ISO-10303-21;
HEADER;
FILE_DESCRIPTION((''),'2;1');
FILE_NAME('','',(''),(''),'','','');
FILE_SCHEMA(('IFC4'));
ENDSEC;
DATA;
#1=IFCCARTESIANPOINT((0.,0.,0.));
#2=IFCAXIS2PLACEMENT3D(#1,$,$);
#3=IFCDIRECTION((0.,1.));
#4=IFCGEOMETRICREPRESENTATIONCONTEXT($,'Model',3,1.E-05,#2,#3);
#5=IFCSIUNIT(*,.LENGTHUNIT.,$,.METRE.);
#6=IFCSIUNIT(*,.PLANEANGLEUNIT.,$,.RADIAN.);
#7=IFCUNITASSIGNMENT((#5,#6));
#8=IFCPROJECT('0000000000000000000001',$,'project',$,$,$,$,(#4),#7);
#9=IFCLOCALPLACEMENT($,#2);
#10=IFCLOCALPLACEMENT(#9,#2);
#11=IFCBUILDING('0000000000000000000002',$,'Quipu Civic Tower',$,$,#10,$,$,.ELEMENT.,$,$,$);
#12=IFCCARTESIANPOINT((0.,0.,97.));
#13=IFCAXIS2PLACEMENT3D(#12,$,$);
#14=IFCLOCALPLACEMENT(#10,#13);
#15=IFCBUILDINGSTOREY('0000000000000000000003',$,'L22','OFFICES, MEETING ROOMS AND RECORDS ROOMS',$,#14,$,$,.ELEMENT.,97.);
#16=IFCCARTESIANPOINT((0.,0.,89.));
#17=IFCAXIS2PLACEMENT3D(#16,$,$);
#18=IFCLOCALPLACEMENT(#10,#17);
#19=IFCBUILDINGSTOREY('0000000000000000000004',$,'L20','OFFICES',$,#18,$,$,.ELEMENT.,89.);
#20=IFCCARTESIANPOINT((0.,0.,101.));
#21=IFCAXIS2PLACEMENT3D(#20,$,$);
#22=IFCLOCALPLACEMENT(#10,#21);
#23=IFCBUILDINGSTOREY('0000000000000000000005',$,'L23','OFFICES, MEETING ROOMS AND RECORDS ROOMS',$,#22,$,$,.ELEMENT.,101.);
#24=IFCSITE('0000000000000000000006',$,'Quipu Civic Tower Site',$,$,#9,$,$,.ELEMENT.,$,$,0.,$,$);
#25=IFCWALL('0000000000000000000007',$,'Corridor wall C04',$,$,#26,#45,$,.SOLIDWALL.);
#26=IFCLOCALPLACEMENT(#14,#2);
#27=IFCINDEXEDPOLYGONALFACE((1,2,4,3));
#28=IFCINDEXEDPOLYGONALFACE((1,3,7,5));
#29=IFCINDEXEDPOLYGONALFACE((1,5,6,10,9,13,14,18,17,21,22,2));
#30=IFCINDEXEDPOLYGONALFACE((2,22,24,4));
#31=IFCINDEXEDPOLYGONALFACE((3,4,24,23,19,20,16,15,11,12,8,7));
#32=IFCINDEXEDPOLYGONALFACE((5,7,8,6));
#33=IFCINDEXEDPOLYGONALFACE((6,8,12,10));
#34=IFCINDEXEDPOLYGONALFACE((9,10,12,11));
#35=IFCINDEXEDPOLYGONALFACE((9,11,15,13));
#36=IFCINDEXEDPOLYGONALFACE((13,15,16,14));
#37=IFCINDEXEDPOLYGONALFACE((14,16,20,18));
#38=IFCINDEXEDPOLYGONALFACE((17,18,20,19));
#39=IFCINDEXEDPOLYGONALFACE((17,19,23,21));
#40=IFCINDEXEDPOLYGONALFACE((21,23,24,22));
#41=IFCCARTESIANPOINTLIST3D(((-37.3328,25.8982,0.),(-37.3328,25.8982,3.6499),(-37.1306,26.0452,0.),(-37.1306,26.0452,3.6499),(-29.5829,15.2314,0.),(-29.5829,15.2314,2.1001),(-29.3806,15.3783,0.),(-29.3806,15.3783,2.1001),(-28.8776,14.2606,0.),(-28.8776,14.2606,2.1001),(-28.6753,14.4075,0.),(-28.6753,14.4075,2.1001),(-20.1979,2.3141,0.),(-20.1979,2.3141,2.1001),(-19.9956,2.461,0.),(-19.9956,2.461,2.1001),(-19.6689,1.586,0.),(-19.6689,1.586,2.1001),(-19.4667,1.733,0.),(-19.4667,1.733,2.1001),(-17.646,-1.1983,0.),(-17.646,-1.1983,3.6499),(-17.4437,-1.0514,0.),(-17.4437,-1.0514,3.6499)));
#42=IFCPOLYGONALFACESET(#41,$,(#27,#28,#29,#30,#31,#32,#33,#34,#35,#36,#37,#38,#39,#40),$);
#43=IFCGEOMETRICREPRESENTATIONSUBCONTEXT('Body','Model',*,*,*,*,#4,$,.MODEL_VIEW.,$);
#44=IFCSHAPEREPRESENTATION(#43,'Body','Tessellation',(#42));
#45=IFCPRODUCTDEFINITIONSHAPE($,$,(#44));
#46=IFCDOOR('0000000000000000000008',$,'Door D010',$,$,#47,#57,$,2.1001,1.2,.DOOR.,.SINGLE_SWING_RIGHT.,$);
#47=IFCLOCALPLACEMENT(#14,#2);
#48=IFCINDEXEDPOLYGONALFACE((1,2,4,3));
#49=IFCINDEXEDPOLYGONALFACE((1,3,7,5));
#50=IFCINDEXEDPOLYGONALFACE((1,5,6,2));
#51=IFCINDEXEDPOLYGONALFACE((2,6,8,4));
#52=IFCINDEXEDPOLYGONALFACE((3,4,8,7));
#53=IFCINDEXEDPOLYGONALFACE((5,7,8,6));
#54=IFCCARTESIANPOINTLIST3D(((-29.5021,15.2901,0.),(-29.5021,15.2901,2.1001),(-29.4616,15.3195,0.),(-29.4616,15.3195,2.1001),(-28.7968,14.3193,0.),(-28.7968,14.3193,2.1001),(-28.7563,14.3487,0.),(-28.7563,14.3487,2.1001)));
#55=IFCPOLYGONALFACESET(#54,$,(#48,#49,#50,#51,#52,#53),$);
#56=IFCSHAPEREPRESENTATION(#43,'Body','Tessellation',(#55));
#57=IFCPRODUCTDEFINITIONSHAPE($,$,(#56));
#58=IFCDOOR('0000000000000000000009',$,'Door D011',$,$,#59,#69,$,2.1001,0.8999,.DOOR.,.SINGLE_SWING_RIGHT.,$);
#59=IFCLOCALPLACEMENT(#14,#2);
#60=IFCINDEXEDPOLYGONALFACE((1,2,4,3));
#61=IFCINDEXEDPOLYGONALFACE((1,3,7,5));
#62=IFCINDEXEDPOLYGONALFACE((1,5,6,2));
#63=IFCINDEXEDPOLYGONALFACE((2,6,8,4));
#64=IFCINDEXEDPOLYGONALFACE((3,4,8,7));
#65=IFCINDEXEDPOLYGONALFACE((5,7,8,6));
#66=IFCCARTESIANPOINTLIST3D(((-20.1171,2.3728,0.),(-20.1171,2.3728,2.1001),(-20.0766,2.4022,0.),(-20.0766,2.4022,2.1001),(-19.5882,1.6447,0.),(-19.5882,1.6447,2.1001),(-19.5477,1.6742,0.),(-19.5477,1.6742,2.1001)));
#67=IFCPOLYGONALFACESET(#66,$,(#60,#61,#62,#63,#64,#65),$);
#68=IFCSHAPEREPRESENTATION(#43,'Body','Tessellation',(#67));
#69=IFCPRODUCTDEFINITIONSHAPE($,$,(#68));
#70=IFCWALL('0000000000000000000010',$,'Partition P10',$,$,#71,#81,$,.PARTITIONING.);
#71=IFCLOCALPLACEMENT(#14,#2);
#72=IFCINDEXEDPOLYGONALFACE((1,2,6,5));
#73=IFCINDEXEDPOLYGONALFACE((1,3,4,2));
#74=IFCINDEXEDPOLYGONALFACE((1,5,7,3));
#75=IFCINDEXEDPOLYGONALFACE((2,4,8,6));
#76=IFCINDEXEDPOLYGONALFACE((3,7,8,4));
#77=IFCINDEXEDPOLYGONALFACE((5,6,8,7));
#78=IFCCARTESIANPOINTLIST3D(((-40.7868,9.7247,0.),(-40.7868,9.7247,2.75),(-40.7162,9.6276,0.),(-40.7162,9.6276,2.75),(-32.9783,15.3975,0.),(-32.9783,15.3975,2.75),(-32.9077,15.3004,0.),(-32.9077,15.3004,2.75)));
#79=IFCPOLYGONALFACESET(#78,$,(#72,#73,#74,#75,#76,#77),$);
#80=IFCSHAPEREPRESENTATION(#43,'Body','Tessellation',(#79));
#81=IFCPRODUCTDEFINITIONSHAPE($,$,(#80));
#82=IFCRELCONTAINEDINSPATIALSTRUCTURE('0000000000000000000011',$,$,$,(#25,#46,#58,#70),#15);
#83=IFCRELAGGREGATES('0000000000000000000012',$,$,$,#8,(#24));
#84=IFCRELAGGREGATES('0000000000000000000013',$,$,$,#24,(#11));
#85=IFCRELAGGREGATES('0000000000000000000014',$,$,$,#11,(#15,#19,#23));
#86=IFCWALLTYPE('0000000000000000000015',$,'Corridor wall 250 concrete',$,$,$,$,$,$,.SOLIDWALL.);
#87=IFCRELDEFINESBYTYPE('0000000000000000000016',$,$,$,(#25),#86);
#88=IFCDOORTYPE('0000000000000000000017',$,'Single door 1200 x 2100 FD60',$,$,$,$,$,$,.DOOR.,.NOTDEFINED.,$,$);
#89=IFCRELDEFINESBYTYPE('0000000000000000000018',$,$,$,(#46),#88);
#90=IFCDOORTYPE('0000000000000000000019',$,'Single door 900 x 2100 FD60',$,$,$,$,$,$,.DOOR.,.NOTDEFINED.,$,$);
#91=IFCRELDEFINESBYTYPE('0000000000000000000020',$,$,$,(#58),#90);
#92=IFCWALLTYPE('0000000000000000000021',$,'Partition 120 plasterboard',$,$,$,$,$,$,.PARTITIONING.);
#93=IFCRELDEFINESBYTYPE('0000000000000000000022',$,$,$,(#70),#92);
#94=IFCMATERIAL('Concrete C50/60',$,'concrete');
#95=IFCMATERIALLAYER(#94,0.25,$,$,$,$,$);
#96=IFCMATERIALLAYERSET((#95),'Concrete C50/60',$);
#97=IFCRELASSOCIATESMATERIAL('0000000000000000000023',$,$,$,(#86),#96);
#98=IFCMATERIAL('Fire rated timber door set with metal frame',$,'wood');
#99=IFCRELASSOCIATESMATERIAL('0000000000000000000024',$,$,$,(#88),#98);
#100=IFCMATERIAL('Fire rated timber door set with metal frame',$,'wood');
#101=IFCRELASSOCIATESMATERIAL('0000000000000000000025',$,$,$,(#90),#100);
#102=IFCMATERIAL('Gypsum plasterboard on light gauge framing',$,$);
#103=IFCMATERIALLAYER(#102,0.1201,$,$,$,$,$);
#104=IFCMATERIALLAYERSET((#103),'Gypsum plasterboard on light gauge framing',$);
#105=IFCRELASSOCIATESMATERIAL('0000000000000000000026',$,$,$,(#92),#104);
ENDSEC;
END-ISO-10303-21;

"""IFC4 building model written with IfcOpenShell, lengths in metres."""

from ifc_helpers import new_model, si_unit, direction, frame, frame_2d, origin, place, context, subcontext, project, spatial, rectangle, extrude, material, layer, layer_set, type_object, element, fill, save


model = new_model("IFC4")

# Units and contexts
model_context = context("Model", 3, precision=1e-05, world=origin(), true_north=direction((0.0, 1.0)))
body_context = subcontext(model_context, "Body", "Model", "MODEL_VIEW")
ifc_project = project(units=[si_unit("LENGTHUNIT", "METRE"), si_unit("PLANEANGLEUNIT", "RADIAN")], contexts=[model_context])

# Site, building, storey
site_placement = place(None, origin())
site = spatial("IfcSite", under=ifc_project, at=site_placement, Name="Quipu Civic Tower Site", CompositionType="ELEMENT", RefElevation=0.0)
building_placement = place(site_placement, origin())
building = spatial("IfcBuilding", under=site, at=building_placement, Name="Quipu Civic Tower", CompositionType="ELEMENT")
storey_1_placement = place(building_placement, frame((0.0, 0.0, 97.0)))
storey_1 = spatial("IfcBuildingStorey", under=building, at=storey_1_placement, Name="L22", Description="OFFICES, MEETING ROOMS AND RECORDS ROOMS", CompositionType="ELEMENT", Elevation=97.0)

# Shared definitions
storey_2_placement = place(building_placement, frame((0.0, 0.0, 89.0)))
storey_2 = spatial("IfcBuildingStorey", under=building, at=storey_2_placement, Name="L20", Description="OFFICES", CompositionType="ELEMENT", Elevation=89.0)

# Shared definitions
storey_3_placement = place(building_placement, frame((0.0, 0.0, 101.0)))
storey_3 = spatial("IfcBuildingStorey", under=building, at=storey_3_placement, Name="L23", Description="OFFICES, MEETING ROOMS AND RECORDS ROOMS", CompositionType="ELEMENT", Elevation=101.0)

# Wall, openings, doors
ifc_material_1 = material(Name="Concrete C50/60", Category="concrete")
ifc_layer_1 = layer(ifc_material_1, 0.25)
ifc_layer_set_1 = layer_set([ifc_layer_1], Name="Concrete C50/60")
wall_type_1 = type_object("IfcWallType", Name="Corridor wall 250 concrete", PredefinedType="SOLIDWALL", material=ifc_layer_set_1)
wall_1_placement = place(storey_1_placement, frame((-37.2317, 25.9717, 0.0), z_axis=(0.0, 0.0, 1.0), x_axis=(0.587786, -0.809016, 0.0)))
wall_1 = element("IfcWall", 1, at=wall_1_placement, inside=storey_1, type_object=wall_type_1, Name="Corridor wall C04", PredefinedType="SOLIDWALL", context=body_context, shape_type="SweptSolid", body=[
    extrude(rectangle(XDim=33.4932, YDim=0.25, at=frame_2d((16.7466, 0.0))), origin(), (0.0, 0.0, 1.0), 3.6499),
])
opening_1_placement = place(wall_1_placement, frame((13.1848, 0.0, 0.0)))
opening_1 = element("IfcOpeningElement", 2, at=opening_1_placement, cuts=wall_1, PredefinedType="OPENING", context=body_context, shape_type="SweptSolid", body=[
    extrude(rectangle(XDim=1.2, YDim=2.1001, at=frame_2d((0.6001, 1.05))), frame((0.0, 0.135, 0.0), z_axis=(0.0, -1.0, 0.0), x_axis=(1.0, 0.0, 0.0)), (0.0, 0.0, 1.0), 0.27),
])
opening_2_placement = place(wall_1_placement, frame((29.1516, 0.0, 0.0)))
opening_2 = element("IfcOpeningElement", 3, at=opening_2_placement, cuts=wall_1, PredefinedType="OPENING", context=body_context, shape_type="SweptSolid", body=[
    extrude(rectangle(XDim=0.8999, YDim=2.1001, at=frame_2d((0.45, 1.05))), frame((0.0, 0.135, 0.0), z_axis=(0.0, -1.0, 0.0), x_axis=(1.0, 0.0, 0.0)), (0.0, 0.0, 1.0), 0.27),
])
ifc_material_2 = material(Name="Fire rated timber door set with metal frame", Category="wood")
door_type_1 = type_object("IfcDoorType", Name="Single door 1200 x 2100 FD60", OperationType="NOTDEFINED", PredefinedType="DOOR", material=ifc_material_2)
door_1_placement = place(opening_1_placement, origin())
door_1 = element("IfcDoor", 4, at=door_1_placement, inside=storey_1, type_object=door_type_1, Name="Door D010", OperationType="SINGLE_SWING_RIGHT", OverallHeight=2.1001, OverallWidth=1.2, PredefinedType="DOOR", context=body_context, shape_type="SweptSolid", body=[
    extrude(rectangle(XDim=1.2, YDim=2.1001, at=frame_2d((0.6001, 1.05))), frame((0.0, 0.0249, 0.0), z_axis=(0.0, -1.0, 0.0), x_axis=(1.0, 0.0, 0.0)), (0.0, 0.0, 1.0), 0.05),
])
fill(opening_1, door_1)
ifc_material_3 = material(Name="Fire rated timber door set with metal frame", Category="wood")
door_type_2 = type_object("IfcDoorType", Name="Single door 900 x 2100 FD60", OperationType="NOTDEFINED", PredefinedType="DOOR", material=ifc_material_3)
door_2_placement = place(opening_2_placement, origin())
door_2 = element("IfcDoor", 5, at=door_2_placement, inside=storey_1, type_object=door_type_2, Name="Door D011", OperationType="SINGLE_SWING_RIGHT", OverallHeight=2.1001, OverallWidth=0.8999, PredefinedType="DOOR", context=body_context, shape_type="SweptSolid", body=[
    extrude(rectangle(XDim=0.8999, YDim=2.1001, at=frame_2d((0.45, 1.05))), frame((0.0, 0.0249, 0.0), z_axis=(0.0, -1.0, 0.0), x_axis=(1.0, 0.0, 0.0)), (0.0, 0.0, 1.0), 0.05),
])
fill(opening_2, door_2)

# Wall
ifc_material_4 = material(Name="Gypsum plasterboard on light gauge framing")
ifc_layer_2 = layer(ifc_material_4, 0.1201)
ifc_layer_set_2 = layer_set([ifc_layer_2], Name="Gypsum plasterboard on light gauge framing")
wall_type_2 = type_object("IfcWallType", Name="Partition 120 plasterboard", PredefinedType="PARTITIONING", material=ifc_layer_set_2)
wall_2_placement = place(storey_1_placement, frame((-32.9431, 15.3489, 0.0), z_axis=(0.0, 0.0, 1.0), x_axis=(-0.809038, -0.587757, 0.0)))
element("IfcWall", 6, at=wall_2_placement, inside=storey_1, type_object=wall_type_2, Name="Partition P10", PredefinedType="PARTITIONING", context=body_context, shape_type="SweptSolid", body=[
    extrude(rectangle(XDim=9.6516, YDim=0.1201, at=frame_2d((4.8257, 0.0))), origin(), (0.0, 0.0, 1.0), 2.75),
])

save(model, "model.ifc")
